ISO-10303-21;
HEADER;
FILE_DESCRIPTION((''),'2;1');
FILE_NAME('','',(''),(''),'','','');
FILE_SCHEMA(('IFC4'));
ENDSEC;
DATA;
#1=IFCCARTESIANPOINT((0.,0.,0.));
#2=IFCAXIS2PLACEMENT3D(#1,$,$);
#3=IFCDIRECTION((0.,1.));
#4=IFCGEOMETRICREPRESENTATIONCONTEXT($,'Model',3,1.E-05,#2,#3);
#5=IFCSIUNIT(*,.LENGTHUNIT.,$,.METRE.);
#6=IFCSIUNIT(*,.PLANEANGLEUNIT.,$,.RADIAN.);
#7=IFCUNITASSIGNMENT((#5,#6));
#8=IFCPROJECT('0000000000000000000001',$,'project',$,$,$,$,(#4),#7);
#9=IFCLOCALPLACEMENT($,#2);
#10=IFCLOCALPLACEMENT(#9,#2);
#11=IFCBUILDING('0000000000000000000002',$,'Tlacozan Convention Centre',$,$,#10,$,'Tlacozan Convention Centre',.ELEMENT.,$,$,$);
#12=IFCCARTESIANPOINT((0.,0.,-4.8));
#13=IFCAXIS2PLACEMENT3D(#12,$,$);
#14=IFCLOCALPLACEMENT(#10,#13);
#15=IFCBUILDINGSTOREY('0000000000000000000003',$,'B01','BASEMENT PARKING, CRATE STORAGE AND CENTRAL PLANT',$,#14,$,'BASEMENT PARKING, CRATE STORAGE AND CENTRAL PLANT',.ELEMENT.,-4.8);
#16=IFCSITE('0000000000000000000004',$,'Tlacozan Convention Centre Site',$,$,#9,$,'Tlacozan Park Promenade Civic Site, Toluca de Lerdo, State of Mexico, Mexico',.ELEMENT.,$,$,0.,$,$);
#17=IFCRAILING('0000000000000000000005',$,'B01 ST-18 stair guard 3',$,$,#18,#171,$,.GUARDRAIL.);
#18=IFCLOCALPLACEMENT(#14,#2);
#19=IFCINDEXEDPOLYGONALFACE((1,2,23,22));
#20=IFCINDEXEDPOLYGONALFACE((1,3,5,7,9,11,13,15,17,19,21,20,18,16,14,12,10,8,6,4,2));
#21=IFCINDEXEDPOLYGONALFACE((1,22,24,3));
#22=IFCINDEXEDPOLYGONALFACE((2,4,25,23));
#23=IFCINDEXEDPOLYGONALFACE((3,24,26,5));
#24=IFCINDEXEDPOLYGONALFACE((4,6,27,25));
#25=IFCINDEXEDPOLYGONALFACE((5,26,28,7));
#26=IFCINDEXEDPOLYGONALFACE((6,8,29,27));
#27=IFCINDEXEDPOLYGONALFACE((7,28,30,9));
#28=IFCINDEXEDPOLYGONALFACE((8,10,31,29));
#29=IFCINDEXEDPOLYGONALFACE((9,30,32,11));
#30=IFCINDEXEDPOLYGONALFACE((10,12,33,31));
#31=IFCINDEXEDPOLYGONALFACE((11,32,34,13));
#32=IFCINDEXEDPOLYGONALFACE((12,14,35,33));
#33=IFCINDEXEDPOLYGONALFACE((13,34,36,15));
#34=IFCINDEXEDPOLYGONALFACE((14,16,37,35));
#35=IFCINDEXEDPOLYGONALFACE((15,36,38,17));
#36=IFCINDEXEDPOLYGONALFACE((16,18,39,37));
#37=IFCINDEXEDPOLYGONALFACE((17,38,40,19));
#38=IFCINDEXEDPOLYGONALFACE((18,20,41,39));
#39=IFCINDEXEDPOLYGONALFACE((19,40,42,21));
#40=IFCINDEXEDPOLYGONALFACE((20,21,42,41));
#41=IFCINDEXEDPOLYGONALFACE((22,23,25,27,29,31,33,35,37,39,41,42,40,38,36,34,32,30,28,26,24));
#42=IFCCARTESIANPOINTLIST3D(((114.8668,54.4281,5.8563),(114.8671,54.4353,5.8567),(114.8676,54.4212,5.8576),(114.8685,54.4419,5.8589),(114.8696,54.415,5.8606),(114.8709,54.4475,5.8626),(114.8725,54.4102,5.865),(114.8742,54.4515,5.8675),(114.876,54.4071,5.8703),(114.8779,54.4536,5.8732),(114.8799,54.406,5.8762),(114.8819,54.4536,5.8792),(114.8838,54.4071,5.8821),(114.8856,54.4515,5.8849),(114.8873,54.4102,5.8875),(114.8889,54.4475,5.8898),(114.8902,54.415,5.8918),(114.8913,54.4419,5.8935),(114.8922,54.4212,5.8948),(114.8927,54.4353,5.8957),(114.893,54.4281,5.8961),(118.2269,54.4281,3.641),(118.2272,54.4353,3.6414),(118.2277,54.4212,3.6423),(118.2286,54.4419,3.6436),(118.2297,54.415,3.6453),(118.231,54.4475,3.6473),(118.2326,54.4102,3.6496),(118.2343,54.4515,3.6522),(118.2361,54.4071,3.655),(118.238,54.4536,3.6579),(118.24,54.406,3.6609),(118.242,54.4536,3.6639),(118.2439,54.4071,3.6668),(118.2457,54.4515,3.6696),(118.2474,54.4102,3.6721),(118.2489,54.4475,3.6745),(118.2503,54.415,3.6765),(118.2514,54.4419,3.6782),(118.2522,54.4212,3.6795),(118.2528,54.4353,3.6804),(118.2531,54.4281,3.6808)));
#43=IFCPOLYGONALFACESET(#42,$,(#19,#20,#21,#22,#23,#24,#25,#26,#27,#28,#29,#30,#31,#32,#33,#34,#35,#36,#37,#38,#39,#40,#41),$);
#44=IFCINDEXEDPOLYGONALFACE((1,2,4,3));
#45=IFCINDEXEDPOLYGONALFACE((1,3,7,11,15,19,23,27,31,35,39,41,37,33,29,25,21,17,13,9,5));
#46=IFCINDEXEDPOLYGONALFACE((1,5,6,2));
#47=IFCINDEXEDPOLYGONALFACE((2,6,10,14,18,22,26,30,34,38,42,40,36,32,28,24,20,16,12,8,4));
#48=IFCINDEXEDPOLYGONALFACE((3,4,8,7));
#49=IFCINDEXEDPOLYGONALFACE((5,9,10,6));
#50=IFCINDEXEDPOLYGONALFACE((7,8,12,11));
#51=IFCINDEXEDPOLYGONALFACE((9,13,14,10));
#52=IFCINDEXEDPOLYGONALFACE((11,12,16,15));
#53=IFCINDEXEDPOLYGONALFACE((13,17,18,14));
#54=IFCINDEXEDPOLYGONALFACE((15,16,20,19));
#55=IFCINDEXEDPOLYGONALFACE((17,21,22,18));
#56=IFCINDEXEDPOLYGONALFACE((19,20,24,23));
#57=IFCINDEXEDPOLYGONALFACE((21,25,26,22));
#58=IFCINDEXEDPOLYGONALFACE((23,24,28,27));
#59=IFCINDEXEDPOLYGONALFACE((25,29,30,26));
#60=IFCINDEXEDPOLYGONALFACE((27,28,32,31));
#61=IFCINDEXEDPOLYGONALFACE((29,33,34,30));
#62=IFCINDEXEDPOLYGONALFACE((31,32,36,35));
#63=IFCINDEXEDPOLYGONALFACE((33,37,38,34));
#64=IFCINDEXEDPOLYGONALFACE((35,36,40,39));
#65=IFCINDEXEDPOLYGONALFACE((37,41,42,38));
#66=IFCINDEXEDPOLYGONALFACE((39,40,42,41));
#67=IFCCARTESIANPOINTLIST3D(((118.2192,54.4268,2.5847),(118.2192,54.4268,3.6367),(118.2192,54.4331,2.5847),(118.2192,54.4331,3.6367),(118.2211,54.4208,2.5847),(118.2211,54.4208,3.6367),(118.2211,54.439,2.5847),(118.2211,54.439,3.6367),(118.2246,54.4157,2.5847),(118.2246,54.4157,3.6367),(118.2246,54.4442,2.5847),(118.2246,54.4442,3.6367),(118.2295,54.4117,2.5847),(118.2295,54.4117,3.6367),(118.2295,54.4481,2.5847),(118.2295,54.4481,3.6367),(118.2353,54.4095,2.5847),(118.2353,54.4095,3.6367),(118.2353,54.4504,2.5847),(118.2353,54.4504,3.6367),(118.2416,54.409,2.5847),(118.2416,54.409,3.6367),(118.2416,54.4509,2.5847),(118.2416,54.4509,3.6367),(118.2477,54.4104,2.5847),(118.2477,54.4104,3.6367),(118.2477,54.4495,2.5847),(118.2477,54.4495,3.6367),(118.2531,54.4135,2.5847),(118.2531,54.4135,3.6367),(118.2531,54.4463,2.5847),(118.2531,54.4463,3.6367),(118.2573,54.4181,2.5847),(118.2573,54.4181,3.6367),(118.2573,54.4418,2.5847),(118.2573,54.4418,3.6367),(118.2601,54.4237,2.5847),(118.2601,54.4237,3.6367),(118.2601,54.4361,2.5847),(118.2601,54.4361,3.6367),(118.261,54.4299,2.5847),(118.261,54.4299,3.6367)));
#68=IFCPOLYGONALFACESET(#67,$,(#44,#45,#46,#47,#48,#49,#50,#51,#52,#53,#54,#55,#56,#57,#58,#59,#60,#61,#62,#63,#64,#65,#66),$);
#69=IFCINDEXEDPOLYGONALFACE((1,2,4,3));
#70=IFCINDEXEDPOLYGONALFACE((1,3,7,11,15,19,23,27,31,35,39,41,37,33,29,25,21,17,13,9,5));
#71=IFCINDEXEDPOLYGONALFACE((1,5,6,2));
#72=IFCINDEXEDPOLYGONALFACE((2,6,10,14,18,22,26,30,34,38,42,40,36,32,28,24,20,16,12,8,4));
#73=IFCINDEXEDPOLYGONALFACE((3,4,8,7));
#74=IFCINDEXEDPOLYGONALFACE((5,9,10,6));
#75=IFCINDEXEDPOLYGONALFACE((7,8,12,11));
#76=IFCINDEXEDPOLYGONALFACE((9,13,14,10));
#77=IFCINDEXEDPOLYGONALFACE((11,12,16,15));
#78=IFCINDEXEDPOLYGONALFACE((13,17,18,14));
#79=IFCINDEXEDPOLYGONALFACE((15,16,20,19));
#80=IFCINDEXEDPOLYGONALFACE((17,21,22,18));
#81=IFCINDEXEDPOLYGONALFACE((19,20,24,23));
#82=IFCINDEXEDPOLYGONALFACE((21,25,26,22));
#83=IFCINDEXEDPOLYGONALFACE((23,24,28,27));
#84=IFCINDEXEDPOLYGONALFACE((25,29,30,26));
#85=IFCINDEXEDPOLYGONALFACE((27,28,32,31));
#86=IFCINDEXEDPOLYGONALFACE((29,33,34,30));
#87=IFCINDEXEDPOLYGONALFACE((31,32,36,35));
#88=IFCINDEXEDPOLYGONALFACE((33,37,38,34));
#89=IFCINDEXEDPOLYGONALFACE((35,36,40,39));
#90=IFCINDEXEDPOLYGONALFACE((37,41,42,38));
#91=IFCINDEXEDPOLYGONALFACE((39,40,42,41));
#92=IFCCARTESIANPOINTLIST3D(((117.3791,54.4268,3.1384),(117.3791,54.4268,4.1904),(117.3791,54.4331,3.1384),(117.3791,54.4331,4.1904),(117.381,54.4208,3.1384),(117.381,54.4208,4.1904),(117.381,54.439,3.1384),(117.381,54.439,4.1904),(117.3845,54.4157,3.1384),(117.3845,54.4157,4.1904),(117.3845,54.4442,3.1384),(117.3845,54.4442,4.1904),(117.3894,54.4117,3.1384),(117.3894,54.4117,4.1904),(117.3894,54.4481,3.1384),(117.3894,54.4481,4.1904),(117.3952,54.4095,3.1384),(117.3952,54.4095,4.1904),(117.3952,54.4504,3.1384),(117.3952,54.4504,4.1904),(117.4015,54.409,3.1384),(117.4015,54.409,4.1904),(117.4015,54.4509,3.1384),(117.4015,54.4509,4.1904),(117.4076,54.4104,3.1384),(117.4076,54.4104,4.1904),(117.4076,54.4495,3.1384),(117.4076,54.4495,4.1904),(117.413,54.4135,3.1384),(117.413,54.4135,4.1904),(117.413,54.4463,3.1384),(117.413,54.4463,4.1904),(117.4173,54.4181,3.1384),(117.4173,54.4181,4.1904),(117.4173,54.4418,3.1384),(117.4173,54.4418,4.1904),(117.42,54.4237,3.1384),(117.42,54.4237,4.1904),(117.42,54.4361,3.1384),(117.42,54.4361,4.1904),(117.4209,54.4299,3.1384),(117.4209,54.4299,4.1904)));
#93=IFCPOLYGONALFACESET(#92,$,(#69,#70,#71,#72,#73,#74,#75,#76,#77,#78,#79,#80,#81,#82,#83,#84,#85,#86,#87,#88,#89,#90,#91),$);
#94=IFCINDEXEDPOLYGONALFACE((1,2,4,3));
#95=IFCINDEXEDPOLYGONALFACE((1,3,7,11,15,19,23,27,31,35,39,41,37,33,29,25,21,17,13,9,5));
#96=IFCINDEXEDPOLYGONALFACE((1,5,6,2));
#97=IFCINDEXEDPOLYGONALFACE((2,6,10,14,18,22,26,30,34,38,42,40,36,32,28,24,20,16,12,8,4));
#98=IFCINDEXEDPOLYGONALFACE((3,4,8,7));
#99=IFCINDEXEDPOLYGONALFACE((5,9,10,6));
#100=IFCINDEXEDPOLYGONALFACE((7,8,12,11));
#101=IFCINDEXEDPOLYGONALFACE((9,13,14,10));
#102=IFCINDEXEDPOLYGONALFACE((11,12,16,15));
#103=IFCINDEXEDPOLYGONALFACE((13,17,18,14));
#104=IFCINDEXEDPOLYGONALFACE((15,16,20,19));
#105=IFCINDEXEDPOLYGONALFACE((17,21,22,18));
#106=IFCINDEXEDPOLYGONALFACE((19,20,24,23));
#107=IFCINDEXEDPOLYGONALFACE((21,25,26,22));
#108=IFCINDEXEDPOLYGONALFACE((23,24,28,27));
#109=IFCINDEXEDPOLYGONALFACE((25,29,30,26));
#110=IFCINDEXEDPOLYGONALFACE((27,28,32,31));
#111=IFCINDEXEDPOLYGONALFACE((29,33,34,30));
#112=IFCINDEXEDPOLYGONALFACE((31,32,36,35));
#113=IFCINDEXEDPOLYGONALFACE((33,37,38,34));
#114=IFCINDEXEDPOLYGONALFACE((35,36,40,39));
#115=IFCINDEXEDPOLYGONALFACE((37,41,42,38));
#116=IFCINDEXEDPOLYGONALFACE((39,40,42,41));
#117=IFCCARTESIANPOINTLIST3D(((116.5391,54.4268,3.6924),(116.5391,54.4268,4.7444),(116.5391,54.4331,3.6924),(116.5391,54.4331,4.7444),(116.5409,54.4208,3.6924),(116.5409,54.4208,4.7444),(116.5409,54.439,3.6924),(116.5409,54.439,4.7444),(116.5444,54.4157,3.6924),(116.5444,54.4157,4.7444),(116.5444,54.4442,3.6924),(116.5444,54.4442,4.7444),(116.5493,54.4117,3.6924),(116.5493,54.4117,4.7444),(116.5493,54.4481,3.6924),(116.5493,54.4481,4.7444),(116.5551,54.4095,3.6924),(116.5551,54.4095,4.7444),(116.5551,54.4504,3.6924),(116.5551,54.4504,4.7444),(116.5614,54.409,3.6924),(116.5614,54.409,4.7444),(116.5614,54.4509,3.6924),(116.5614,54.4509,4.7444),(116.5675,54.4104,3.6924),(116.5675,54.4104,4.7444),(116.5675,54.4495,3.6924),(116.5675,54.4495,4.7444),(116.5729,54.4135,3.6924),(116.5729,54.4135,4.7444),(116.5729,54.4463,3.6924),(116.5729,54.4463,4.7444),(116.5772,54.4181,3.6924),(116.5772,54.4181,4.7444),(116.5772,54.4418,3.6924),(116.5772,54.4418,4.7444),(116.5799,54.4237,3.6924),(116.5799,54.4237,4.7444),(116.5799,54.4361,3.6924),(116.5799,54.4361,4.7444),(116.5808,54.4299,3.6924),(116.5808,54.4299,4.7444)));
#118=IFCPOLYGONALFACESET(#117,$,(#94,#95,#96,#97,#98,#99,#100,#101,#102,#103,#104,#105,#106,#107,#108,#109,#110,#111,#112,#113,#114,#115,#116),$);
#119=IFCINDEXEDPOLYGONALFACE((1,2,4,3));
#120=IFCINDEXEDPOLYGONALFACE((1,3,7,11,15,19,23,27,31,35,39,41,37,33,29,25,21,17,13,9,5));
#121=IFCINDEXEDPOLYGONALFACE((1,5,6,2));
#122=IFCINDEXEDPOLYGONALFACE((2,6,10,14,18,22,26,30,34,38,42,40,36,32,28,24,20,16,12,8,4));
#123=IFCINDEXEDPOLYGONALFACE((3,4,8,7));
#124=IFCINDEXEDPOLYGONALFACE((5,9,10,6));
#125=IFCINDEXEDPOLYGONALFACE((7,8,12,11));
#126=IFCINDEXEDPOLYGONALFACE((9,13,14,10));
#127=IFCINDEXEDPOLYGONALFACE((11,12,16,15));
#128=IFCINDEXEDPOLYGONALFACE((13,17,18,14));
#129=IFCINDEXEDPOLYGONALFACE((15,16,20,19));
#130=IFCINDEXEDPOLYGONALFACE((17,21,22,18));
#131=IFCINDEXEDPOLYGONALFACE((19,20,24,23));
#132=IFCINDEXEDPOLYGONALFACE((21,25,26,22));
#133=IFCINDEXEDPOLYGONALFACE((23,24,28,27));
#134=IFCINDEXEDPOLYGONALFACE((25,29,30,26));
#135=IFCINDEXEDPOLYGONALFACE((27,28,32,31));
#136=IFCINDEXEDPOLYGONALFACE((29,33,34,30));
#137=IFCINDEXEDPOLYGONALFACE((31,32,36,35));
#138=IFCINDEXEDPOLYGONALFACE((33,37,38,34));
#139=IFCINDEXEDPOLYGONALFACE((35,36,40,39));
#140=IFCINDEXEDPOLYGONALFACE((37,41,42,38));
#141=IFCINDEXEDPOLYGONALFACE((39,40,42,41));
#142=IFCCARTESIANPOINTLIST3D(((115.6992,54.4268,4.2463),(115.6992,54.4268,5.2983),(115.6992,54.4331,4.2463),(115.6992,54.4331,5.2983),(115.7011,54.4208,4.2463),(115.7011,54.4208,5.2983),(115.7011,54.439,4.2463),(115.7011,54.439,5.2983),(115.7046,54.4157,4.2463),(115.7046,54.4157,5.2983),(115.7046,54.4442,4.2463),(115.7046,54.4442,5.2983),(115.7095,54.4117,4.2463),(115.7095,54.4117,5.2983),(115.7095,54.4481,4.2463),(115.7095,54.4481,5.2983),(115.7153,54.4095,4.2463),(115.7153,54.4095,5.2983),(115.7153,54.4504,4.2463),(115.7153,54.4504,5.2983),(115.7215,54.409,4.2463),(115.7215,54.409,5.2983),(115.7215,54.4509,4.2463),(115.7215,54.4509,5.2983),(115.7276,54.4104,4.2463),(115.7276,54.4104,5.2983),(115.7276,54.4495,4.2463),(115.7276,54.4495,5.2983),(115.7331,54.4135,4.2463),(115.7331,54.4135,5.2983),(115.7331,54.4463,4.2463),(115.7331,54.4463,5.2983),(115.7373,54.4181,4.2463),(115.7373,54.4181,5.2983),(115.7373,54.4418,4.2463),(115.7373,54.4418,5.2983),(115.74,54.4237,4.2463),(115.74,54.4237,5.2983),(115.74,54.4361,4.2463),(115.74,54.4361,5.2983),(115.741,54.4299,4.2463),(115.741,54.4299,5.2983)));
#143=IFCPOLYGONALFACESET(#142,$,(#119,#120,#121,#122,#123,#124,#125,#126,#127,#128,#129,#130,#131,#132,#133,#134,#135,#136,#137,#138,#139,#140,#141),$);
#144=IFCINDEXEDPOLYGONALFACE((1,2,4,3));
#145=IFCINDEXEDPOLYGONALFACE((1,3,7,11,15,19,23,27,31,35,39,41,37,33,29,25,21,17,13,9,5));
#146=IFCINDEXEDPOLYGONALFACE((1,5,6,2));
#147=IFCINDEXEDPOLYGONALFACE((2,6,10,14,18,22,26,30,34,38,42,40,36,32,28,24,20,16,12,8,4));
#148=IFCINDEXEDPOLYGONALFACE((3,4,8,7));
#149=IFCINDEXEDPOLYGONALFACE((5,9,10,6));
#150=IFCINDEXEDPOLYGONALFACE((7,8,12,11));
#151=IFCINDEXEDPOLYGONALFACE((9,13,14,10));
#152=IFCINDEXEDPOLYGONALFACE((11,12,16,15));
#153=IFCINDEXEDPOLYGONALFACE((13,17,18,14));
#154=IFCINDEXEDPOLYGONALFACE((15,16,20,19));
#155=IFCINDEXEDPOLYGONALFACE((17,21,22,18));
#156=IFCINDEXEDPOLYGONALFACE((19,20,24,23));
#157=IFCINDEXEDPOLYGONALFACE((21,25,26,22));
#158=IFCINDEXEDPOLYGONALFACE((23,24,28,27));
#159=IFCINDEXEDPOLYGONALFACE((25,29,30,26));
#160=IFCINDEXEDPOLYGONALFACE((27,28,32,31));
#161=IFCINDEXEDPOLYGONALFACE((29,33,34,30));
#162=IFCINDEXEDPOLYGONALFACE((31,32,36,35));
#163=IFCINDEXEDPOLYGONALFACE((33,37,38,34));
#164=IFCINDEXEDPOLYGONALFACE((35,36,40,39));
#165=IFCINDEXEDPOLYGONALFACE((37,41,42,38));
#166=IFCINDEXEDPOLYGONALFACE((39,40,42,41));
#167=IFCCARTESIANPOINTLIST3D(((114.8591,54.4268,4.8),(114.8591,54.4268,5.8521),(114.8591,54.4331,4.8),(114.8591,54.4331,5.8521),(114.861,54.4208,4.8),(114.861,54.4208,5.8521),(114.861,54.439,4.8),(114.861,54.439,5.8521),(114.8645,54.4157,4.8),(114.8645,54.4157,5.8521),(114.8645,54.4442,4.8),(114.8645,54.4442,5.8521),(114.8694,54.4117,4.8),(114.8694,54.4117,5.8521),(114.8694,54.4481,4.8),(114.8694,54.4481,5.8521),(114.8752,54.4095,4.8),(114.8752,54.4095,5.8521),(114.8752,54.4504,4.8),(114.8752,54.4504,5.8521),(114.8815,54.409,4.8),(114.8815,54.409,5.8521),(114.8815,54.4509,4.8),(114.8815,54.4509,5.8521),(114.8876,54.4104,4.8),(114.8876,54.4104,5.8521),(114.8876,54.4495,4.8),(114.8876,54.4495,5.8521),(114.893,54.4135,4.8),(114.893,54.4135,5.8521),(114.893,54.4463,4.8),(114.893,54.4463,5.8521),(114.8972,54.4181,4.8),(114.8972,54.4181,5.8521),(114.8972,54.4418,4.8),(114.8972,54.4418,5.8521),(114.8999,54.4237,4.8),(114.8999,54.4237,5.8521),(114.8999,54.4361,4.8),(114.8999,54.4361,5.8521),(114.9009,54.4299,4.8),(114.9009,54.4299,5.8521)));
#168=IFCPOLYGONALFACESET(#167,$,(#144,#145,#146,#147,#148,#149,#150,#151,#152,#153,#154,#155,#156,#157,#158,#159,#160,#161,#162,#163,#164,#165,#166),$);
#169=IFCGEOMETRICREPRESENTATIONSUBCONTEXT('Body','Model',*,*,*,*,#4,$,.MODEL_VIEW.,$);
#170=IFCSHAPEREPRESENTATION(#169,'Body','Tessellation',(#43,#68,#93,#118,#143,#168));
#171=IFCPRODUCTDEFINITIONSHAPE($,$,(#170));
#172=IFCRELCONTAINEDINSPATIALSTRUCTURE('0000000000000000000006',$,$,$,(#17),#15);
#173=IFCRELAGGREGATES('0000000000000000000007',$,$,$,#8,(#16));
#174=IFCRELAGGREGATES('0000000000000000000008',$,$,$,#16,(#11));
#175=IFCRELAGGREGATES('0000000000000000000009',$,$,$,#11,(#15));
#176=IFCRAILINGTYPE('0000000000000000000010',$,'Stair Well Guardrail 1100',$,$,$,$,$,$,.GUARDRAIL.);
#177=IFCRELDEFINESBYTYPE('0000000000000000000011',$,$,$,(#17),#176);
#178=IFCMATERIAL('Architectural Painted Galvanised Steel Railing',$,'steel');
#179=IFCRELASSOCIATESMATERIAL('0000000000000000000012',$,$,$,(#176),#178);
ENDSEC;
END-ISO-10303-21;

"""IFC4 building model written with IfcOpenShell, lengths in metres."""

from ifc_helpers import new_model, si_unit, direction, frame, origin, origin_2d, place, context, subcontext, project, spatial, circle, extrude, material, type_object, element, save


model = new_model("IFC4")

# Units and contexts
model_context = context("Model", 3, precision=1e-05, world=origin(), true_north=direction((0.0, 1.0)))
body_context = subcontext(model_context, "Body", "Model", "MODEL_VIEW")
ifc_project = project(units=[si_unit("LENGTHUNIT", "METRE"), si_unit("PLANEANGLEUNIT", "RADIAN")], contexts=[model_context])

# Site, building, storey
site_placement = place(None, origin())
site = spatial("IfcSite", under=ifc_project, at=site_placement, Name="Tlacozan Convention Centre Site", LongName="Tlacozan Park Promenade Civic Site, Toluca de Lerdo, State of Mexico, Mexico", CompositionType="ELEMENT", RefElevation=0.0)
building_placement = place(site_placement, origin())
building = spatial("IfcBuilding", under=site, at=building_placement, Name="Tlacozan Convention Centre", LongName="Tlacozan Convention Centre", CompositionType="ELEMENT")
storey_placement = place(building_placement, frame((0.0, 0.0, -4.8)))
storey = spatial("IfcBuildingStorey", under=building, at=storey_placement, Name="B01", Description="BASEMENT PARKING, CRATE STORAGE AND CENTRAL PLANT", LongName="BASEMENT PARKING, CRATE STORAGE AND CENTRAL PLANT", CompositionType="ELEMENT", Elevation=-4.8)

# Railing
ifc_material_1 = material(Name="Architectural Painted Galvanised Steel Railing", Category="steel")
railing_type_1 = type_object("IfcRailingType", Name="Stair Well Guardrail 1100", PredefinedType="GUARDRAIL", material=ifc_material_1)
railing_1_placement = place(storey_placement, frame((118.24, 54.4299, 2.5847)))
element("IfcRailing", 1, at=railing_1_placement, inside=storey, type_object=railing_type_1, Name="B01 ST-18 stair guard 3", PredefinedType="GUARDRAIL", context=body_context, shape_type="SweptSolid", body=[
    extrude(circle(Radius=0.0239, at=origin_2d()), frame((0.0, 0.0, 1.0762), z_axis=(-0.834876, 0.0, 0.550437), x_axis=(0.0, -1.0, 0.0)), (0.0, 0.0, 1.0), 4.0247),
    extrude(circle(Radius=0.021, at=origin_2d()), origin(), (0.0, 0.0, 1.0), 1.052),
    extrude(circle(Radius=0.021, at=origin_2d()), frame((-0.8401, 0.0, 0.5537)), (0.0, 0.0, 1.0), 1.052),
    extrude(circle(Radius=0.021, at=origin_2d()), frame((-1.6802, 0.0, 1.1077)), (0.0, 0.0, 1.0), 1.052),
    extrude(circle(Radius=0.021, at=origin_2d()), frame((-2.52, 0.0, 1.6616)), (0.0, 0.0, 1.0), 1.052),
    extrude(circle(Radius=0.021, at=origin_2d()), frame((-3.3601, 0.0, 2.2153)), (0.0, 0.0, 1.0), 1.052),
])

save(model, "model.ifc")
